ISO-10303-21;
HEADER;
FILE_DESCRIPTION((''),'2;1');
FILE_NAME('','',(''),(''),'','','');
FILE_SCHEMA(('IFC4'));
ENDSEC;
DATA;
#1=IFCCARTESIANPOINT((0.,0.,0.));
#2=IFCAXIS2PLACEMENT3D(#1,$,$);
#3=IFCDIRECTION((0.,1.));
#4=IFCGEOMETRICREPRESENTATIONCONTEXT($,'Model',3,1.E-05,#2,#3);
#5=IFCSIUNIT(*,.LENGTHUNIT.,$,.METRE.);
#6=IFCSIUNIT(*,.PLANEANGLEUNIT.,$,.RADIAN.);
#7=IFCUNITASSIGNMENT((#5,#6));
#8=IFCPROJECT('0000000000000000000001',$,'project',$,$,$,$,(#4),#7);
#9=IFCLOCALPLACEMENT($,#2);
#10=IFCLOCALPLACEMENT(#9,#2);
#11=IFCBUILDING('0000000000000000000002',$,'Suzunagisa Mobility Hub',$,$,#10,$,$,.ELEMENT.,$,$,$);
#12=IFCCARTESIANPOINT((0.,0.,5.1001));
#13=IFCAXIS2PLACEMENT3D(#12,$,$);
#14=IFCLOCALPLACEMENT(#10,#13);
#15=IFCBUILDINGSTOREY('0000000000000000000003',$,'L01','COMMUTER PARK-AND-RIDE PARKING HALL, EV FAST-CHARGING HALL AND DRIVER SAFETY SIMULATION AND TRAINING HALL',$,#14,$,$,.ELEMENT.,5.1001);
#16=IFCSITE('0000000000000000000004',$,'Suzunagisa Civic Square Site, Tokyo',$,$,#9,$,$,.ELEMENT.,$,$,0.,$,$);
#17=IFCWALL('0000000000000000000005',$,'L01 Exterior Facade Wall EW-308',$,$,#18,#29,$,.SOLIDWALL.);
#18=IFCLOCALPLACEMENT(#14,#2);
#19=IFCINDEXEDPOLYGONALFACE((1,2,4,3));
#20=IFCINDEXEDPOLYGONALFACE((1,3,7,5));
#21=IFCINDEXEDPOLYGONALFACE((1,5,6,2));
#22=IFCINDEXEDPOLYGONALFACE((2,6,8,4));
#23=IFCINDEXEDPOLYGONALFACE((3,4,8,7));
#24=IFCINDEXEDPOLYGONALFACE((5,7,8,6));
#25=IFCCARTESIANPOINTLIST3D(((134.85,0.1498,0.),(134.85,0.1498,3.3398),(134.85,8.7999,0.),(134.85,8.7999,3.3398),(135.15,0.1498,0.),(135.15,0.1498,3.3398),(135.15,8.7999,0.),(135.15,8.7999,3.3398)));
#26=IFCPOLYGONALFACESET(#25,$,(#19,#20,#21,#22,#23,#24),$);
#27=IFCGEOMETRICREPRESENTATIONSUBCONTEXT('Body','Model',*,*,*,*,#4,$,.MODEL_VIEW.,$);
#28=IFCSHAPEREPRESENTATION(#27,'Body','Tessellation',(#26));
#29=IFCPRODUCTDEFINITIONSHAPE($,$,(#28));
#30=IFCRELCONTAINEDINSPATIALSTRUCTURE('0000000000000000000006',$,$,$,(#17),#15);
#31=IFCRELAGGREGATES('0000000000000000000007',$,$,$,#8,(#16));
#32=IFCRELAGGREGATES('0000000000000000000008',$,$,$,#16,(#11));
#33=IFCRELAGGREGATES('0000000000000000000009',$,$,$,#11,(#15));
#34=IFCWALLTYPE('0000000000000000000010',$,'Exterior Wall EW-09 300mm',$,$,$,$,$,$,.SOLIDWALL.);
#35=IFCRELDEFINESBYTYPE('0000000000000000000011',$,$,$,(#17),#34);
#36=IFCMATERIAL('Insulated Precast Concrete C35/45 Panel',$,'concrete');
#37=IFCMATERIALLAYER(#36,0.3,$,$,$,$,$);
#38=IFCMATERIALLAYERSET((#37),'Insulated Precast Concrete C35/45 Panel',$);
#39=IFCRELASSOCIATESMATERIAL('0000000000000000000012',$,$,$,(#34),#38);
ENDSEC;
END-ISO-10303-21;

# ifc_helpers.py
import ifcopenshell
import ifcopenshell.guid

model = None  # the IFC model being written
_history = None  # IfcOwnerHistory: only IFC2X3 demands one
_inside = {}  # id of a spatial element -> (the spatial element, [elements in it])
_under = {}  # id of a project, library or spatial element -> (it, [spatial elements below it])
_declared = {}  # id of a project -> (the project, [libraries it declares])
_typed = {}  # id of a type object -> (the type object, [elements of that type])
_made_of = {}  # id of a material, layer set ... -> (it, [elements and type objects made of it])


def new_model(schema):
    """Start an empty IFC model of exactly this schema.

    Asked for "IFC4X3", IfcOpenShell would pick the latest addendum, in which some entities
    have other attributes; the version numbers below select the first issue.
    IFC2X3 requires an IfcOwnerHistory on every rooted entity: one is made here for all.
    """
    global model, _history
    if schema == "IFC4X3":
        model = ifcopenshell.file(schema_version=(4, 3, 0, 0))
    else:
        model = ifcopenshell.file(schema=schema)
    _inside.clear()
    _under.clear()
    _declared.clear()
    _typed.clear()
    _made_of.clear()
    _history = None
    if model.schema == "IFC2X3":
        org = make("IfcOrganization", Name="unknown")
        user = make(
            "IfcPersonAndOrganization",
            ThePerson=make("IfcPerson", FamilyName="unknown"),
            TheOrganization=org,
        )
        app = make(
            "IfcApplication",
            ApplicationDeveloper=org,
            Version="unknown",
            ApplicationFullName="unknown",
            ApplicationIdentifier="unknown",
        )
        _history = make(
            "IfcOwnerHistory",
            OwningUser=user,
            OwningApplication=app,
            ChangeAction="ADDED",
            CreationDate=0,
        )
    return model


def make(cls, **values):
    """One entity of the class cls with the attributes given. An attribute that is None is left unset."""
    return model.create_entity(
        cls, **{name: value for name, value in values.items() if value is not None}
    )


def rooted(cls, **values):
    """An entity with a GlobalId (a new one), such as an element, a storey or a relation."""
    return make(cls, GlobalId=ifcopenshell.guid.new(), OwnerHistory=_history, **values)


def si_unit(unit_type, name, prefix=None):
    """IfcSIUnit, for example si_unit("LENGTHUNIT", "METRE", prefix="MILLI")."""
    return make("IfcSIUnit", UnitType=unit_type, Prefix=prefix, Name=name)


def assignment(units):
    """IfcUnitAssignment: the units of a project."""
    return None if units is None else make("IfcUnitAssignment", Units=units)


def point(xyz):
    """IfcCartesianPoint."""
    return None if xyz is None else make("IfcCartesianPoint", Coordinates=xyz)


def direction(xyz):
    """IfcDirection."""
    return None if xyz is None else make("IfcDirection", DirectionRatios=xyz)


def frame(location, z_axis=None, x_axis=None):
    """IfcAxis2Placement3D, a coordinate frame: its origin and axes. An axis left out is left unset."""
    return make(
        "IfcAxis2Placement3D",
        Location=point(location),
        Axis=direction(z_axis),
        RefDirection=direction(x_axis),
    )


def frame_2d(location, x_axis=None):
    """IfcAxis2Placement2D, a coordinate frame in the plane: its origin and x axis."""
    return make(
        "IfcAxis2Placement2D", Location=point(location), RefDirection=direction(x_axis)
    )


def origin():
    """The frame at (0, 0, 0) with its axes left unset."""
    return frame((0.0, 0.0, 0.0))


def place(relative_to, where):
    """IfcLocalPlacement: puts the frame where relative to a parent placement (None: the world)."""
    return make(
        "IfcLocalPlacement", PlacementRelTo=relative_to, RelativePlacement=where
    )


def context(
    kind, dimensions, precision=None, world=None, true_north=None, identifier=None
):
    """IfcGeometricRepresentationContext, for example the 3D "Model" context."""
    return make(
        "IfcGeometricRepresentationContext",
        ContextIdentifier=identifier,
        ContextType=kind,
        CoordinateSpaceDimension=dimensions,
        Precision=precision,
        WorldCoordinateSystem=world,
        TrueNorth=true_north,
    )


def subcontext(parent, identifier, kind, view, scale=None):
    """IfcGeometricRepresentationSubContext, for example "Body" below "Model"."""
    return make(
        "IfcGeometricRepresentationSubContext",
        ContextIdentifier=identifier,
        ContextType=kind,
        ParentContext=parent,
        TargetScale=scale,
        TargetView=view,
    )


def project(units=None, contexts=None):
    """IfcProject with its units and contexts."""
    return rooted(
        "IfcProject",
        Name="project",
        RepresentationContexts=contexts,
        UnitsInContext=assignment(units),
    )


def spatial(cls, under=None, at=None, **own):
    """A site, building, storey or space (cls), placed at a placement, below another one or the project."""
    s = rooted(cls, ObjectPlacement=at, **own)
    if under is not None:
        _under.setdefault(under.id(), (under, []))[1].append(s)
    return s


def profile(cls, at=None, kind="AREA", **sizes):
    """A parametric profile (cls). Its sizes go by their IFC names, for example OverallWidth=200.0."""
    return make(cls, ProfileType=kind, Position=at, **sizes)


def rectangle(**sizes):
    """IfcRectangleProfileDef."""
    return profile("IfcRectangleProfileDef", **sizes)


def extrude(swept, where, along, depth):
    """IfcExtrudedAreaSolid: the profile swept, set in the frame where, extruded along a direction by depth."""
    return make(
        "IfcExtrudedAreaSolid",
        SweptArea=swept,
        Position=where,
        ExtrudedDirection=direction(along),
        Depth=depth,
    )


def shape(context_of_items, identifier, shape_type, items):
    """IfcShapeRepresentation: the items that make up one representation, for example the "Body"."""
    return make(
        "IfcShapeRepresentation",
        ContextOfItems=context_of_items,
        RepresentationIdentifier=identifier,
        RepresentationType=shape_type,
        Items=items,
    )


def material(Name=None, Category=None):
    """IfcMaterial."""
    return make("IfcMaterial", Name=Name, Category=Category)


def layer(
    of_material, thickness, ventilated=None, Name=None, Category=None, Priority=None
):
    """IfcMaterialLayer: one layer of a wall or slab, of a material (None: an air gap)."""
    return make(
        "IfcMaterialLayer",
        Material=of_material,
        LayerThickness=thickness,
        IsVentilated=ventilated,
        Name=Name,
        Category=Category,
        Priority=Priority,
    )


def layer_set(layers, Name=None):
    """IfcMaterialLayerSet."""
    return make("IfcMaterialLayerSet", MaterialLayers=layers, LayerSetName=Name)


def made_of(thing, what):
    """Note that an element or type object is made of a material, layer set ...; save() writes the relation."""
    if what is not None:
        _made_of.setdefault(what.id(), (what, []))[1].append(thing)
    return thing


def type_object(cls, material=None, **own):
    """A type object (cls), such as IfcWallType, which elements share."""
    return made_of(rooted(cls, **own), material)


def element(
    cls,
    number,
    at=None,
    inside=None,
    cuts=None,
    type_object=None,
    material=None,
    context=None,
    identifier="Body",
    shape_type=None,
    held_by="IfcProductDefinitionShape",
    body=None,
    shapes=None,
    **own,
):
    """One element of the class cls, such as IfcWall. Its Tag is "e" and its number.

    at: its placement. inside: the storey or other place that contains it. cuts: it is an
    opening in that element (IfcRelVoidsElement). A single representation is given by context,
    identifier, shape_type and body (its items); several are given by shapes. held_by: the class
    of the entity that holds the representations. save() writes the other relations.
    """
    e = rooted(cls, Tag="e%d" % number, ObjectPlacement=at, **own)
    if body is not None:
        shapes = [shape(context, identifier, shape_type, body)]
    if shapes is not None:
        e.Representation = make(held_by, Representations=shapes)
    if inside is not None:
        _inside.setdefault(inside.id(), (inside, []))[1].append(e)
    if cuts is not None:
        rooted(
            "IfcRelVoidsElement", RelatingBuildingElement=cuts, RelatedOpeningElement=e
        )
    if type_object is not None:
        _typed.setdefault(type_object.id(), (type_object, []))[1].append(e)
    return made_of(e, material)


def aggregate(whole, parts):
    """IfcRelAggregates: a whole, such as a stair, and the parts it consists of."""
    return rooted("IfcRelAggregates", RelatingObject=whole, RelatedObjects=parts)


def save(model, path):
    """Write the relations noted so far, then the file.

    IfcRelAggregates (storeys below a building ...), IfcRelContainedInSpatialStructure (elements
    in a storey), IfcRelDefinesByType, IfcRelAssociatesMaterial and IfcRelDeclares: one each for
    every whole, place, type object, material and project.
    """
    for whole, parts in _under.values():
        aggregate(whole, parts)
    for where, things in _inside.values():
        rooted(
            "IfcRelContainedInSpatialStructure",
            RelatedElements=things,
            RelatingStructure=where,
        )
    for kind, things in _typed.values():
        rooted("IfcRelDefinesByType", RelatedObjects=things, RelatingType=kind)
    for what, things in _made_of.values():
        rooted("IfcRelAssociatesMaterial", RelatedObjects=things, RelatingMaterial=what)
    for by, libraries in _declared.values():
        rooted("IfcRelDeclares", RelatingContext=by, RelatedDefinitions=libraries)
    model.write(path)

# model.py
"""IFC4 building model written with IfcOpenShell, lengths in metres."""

from ifc_helpers import new_model, si_unit, direction, frame, frame_2d, origin, place, context, subcontext, project, spatial, rectangle, extrude, material, layer, layer_set, type_object, element, save


model = new_model("IFC4")

# Units and contexts
model_context = context("Model", 3, precision=1e-05, world=origin(), true_north=direction((0.0, 1.0)))
body_context = subcontext(model_context, "Body", "Model", "MODEL_VIEW")
ifc_project = project(units=[si_unit("LENGTHUNIT", "METRE"), si_unit("PLANEANGLEUNIT", "RADIAN")], contexts=[model_context])

# Site, building, storey
site_placement = place(None, origin())
site = spatial("IfcSite", under=ifc_project, at=site_placement, Name="Suzunagisa Civic Square Site, Tokyo", CompositionType="ELEMENT", RefElevation=0.0)
building_placement = place(site_placement, origin())
building = spatial("IfcBuilding", under=site, at=building_placement, Name="Suzunagisa Mobility Hub", CompositionType="ELEMENT")
storey_placement = place(building_placement, frame((0.0, 0.0, 5.1001)))
storey = spatial("IfcBuildingStorey", under=building, at=storey_placement, Name="L01", Description="COMMUTER PARK-AND-RIDE PARKING HALL, EV FAST-CHARGING HALL AND DRIVER SAFETY SIMULATION AND TRAINING HALL", CompositionType="ELEMENT", Elevation=5.1001)

# Wall
ifc_material_1 = material(Name="Insulated Precast Concrete C35/45 Panel", Category="concrete")
ifc_layer_1 = layer(ifc_material_1, 0.3)
ifc_layer_set_1 = layer_set([ifc_layer_1], Name="Insulated Precast Concrete C35/45 Panel")
wall_type_1 = type_object("IfcWallType", Name="Exterior Wall EW-09 300mm", PredefinedType="SOLIDWALL", material=ifc_layer_set_1)
wall_1_placement = place(storey_placement, frame((135.0, 8.8, 0.0), z_axis=(0.0, 0.0, 1.0), x_axis=(0.0, -1.0, 0.0)))
element("IfcWall", 1, at=wall_1_placement, inside=storey, type_object=wall_type_1, Name="L01 Exterior Facade Wall EW-308", PredefinedType="SOLIDWALL", context=body_context, shape_type="SweptSolid", body=[
    extrude(rectangle(XDim=8.6501, YDim=0.3, at=frame_2d((4.3252, 0.0))), origin(), (0.0, 0.0, 1.0), 3.3398),
])

save(model, "model.ifc")
